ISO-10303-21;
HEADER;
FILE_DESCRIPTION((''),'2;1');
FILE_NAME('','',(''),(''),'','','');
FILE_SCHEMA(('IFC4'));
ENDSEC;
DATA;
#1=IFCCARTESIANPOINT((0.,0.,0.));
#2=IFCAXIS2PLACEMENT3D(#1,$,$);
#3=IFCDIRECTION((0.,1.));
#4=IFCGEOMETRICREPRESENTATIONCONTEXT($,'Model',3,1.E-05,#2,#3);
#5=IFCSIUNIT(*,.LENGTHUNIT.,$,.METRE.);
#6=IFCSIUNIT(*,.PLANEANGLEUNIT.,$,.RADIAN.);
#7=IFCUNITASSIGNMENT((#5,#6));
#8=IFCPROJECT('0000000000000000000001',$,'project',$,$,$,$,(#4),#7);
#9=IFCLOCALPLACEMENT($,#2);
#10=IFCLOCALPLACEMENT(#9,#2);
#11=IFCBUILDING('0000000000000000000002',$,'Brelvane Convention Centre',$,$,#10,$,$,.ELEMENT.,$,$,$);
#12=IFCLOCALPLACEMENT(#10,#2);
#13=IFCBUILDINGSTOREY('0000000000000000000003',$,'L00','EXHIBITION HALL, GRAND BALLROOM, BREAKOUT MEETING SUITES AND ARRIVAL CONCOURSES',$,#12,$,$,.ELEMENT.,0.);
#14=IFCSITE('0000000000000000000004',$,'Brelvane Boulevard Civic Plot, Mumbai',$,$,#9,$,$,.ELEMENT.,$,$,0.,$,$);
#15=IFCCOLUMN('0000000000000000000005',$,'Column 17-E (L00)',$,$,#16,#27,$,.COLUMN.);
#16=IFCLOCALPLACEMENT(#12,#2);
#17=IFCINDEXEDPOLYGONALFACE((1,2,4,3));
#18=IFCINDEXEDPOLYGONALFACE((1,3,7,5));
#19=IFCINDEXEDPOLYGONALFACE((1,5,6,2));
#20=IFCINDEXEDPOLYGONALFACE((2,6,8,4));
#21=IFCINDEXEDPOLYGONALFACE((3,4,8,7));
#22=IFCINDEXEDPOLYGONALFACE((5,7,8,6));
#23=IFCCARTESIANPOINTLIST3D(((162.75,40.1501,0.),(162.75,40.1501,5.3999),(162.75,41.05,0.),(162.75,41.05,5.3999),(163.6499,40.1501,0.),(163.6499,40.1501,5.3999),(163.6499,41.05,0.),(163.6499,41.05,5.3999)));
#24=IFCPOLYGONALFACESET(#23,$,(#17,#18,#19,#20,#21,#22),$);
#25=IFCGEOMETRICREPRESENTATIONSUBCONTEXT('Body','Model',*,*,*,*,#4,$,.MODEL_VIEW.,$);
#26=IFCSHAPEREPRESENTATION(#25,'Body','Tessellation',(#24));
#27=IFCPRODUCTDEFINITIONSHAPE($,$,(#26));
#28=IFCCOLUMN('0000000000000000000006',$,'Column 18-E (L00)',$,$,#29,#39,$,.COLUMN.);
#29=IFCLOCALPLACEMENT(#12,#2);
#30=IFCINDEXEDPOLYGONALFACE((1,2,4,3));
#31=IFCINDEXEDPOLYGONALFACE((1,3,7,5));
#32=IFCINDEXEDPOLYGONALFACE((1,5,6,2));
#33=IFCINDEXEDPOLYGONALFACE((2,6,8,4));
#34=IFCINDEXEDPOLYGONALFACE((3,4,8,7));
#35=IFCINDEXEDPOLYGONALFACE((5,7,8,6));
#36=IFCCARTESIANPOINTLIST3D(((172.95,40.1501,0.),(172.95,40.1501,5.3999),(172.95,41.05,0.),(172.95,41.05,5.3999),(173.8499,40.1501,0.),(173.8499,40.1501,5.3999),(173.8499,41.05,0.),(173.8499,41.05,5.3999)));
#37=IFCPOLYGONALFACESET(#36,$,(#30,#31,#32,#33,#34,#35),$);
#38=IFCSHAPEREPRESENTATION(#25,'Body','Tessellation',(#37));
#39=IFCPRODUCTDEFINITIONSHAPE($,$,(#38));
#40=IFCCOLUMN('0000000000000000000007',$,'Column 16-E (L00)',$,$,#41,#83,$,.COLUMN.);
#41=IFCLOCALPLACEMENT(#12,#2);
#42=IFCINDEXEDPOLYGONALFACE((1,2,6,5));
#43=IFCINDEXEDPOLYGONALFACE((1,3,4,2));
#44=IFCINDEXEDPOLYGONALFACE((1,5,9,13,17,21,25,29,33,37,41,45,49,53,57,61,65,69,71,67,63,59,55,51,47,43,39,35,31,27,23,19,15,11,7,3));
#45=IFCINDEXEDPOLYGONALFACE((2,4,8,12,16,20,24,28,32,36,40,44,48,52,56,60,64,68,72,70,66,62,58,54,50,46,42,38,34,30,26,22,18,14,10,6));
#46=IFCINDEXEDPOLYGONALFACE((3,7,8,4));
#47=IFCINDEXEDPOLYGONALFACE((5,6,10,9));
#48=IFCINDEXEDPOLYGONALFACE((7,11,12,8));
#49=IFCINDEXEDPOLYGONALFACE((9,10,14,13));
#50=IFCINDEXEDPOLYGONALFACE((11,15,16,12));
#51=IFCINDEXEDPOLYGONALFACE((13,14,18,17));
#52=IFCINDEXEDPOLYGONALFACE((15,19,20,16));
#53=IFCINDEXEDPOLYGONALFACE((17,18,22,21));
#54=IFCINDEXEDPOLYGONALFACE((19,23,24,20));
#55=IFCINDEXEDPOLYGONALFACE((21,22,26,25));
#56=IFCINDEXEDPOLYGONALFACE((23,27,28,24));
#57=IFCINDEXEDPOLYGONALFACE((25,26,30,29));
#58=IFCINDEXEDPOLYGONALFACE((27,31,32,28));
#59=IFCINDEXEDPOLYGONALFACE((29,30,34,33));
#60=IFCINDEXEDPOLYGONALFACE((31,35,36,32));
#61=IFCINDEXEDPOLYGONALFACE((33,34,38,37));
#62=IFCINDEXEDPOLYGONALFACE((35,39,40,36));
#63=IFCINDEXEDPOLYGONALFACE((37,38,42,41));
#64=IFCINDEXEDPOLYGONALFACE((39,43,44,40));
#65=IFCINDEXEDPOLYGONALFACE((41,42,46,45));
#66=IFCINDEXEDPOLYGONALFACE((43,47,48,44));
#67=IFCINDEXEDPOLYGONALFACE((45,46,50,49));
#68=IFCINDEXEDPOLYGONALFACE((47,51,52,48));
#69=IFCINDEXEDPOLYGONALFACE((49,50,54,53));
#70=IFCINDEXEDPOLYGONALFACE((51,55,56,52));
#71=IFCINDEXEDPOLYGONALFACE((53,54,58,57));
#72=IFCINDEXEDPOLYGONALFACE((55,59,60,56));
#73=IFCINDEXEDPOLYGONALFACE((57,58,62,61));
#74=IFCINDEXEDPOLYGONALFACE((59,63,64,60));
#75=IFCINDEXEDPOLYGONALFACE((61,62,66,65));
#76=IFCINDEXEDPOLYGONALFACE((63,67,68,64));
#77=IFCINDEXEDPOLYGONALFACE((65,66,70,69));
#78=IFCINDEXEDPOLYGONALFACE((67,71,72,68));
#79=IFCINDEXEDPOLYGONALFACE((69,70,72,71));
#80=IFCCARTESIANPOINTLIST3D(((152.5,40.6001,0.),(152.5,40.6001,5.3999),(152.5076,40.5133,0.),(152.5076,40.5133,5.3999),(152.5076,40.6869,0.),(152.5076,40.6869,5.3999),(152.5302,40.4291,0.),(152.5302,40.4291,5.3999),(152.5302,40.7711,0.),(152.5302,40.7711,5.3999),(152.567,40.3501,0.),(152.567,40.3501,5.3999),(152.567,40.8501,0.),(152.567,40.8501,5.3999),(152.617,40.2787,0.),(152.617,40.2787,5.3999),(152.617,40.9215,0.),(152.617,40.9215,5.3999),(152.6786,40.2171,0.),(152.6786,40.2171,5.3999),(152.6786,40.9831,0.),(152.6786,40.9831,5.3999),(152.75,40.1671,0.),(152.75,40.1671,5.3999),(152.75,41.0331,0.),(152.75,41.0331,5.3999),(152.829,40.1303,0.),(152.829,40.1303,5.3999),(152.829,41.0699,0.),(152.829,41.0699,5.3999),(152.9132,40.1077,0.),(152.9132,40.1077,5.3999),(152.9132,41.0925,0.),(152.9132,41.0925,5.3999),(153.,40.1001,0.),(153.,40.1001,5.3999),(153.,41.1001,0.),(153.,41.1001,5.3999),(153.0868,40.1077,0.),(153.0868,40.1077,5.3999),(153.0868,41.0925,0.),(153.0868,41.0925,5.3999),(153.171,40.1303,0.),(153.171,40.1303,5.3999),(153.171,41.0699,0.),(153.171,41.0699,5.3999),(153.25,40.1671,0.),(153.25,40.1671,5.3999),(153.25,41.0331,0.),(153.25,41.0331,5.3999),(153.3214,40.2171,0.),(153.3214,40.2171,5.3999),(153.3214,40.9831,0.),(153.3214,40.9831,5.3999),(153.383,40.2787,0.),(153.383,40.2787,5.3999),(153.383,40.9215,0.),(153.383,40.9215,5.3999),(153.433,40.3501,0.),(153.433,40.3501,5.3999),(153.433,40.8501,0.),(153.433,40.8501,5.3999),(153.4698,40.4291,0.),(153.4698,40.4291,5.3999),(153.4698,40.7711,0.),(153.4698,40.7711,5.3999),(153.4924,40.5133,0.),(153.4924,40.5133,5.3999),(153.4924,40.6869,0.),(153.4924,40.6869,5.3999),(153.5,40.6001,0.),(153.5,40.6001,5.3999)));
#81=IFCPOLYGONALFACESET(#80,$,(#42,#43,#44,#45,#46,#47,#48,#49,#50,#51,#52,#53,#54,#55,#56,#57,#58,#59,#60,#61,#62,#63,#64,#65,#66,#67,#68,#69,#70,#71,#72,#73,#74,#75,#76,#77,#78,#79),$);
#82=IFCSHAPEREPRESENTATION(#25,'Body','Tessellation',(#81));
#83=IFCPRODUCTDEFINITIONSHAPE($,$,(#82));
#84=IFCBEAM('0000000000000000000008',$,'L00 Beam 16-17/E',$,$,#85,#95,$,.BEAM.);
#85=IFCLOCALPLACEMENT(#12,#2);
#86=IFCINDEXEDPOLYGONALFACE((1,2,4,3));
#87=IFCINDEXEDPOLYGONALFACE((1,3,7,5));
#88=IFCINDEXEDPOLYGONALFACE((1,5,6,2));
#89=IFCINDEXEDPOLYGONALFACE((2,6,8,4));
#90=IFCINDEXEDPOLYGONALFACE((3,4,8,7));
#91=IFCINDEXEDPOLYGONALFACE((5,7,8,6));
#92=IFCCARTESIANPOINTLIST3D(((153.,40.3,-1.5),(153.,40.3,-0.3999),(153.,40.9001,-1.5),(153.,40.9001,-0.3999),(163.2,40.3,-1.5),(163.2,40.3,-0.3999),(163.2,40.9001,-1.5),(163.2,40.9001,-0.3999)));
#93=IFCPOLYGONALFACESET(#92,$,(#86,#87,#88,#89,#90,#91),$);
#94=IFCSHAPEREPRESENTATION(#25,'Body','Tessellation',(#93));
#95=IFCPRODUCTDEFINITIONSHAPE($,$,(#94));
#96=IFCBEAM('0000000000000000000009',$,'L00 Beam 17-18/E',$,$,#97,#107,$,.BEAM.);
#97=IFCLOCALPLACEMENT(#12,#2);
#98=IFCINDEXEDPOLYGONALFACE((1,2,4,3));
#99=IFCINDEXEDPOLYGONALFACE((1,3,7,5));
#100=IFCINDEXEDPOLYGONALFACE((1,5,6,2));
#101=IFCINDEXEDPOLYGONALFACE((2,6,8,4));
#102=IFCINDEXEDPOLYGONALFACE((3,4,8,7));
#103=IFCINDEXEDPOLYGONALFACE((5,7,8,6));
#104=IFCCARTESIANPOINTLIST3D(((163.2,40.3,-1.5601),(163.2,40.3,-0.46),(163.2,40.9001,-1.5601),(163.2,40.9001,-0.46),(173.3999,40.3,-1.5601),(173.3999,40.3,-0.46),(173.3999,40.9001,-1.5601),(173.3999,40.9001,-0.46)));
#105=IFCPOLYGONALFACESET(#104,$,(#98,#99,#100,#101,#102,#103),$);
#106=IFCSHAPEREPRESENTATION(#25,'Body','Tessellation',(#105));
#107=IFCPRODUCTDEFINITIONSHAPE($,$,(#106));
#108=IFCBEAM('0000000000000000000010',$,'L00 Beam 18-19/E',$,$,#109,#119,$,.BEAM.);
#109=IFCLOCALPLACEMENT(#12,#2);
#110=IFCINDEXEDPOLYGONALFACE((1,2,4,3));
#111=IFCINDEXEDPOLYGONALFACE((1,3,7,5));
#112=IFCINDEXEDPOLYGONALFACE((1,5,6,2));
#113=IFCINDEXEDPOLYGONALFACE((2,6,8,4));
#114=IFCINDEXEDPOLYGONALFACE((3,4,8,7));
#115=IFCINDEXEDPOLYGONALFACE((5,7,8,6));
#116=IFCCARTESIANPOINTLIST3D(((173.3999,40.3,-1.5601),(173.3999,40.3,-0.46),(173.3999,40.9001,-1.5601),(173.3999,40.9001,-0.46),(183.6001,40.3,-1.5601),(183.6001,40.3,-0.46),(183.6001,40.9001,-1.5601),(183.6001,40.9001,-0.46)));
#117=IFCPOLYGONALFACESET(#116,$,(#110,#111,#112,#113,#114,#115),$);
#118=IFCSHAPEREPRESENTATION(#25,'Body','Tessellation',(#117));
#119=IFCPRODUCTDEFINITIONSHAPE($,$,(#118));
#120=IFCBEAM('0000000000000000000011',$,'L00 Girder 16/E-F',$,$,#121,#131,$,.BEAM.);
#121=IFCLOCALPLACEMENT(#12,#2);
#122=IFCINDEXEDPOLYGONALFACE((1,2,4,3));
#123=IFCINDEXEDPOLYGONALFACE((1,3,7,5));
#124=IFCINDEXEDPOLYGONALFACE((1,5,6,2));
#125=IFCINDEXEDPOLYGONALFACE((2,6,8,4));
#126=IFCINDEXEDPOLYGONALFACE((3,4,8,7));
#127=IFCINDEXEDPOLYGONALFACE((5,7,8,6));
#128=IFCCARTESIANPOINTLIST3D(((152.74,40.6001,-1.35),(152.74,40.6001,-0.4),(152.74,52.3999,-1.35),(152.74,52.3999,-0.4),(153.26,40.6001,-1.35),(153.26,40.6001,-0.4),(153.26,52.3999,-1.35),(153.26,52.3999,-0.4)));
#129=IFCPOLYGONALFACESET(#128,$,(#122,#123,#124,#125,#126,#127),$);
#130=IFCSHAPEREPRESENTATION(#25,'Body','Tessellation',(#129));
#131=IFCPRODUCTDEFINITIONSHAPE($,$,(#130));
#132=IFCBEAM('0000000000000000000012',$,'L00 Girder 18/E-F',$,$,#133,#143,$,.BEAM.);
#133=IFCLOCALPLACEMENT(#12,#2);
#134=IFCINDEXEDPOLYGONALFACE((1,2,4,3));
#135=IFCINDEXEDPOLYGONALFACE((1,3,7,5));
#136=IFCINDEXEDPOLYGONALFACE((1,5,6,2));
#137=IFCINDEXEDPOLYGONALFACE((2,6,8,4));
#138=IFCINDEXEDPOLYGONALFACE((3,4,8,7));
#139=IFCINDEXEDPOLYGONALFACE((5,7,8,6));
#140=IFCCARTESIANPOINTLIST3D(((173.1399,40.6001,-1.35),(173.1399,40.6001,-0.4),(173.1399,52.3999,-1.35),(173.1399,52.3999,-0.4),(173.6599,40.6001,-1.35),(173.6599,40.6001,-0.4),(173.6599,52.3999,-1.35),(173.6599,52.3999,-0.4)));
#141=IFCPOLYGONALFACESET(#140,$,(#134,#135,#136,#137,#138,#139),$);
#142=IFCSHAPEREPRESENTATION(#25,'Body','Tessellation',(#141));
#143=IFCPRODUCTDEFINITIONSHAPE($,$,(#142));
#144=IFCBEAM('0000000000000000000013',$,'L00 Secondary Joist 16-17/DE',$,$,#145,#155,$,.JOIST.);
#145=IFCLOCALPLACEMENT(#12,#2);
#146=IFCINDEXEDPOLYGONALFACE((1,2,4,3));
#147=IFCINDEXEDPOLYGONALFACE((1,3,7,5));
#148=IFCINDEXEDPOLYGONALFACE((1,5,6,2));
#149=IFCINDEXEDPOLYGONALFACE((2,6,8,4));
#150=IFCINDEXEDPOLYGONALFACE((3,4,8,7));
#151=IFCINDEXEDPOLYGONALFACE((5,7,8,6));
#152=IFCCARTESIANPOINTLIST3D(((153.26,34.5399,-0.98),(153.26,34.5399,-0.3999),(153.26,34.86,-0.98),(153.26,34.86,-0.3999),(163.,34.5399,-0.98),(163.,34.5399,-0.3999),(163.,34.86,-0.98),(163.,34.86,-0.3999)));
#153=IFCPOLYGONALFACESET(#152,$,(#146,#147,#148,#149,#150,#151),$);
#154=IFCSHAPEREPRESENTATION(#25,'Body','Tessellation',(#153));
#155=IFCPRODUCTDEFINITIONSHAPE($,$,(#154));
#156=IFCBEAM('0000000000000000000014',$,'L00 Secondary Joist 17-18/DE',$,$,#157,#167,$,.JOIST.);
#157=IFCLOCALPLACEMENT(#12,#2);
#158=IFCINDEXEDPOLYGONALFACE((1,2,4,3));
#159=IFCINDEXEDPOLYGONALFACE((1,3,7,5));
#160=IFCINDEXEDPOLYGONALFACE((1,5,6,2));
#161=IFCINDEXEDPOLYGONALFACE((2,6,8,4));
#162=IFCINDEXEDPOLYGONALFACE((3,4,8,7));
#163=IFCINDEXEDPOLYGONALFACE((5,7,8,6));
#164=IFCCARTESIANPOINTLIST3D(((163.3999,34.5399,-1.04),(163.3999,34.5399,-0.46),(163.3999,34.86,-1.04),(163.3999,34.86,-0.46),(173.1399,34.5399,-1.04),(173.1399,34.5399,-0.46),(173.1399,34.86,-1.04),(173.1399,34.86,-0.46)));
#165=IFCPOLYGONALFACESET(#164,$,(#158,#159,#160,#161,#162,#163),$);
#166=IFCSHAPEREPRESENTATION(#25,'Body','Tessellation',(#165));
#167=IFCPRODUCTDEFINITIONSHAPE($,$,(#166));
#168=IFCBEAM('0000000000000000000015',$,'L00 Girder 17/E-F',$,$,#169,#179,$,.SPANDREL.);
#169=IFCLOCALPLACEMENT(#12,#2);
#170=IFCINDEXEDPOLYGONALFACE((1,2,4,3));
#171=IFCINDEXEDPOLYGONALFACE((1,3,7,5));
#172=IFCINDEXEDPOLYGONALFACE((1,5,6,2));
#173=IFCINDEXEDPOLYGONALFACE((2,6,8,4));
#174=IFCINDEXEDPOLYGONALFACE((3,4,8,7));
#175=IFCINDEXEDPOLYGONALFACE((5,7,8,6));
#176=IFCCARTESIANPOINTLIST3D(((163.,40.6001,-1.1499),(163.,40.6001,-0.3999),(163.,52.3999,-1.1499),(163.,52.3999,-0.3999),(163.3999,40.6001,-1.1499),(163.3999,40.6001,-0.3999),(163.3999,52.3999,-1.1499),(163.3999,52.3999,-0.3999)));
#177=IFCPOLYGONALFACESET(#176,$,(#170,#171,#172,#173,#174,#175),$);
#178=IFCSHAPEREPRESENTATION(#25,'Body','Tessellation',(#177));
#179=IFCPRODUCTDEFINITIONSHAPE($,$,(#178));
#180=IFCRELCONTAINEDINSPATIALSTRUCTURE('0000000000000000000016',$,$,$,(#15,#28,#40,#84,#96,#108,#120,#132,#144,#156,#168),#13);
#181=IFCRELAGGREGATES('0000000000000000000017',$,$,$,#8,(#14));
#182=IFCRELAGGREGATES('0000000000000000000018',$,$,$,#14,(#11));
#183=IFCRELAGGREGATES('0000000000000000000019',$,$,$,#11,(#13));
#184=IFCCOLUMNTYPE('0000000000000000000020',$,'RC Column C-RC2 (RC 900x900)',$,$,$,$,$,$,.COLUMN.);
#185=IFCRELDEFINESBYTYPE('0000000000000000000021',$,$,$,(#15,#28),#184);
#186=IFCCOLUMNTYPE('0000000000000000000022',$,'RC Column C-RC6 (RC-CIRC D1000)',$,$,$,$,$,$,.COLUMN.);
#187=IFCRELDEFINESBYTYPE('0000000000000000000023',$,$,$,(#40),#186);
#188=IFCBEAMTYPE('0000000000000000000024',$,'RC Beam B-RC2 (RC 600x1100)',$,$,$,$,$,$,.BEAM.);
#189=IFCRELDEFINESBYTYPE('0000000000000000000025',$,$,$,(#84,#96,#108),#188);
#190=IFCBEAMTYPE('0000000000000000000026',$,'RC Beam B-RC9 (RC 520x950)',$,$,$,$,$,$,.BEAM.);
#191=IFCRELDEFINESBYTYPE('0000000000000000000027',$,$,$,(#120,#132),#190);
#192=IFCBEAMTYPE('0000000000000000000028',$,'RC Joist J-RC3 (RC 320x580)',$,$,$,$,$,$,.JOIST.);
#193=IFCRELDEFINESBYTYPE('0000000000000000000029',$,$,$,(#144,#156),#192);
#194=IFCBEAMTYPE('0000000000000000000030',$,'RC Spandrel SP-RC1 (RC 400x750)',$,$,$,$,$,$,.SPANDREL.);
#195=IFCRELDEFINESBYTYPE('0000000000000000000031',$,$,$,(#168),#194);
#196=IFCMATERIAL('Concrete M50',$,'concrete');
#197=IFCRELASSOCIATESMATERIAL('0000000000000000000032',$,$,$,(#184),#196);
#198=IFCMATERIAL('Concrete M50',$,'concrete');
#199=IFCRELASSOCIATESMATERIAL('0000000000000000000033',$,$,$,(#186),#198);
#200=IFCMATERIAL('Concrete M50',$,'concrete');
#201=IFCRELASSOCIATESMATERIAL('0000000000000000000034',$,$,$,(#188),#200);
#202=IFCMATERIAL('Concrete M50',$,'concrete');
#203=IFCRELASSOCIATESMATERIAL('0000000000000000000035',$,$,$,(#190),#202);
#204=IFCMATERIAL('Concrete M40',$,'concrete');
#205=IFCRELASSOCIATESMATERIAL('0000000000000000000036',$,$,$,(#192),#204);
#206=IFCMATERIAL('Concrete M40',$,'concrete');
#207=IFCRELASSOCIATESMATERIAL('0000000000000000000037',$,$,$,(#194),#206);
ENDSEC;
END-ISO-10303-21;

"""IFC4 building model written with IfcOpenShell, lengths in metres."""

from ifc_helpers import new_model, si_unit, direction, frame, origin, origin_2d, place, context, subcontext, project, spatial, rectangle, circle, extrude, material, material_profile, profile_set, type_object, element, save


model = new_model("IFC4")

# Units and contexts
model_context = context("Model", 3, precision=1e-05, world=origin(), true_north=direction((0.0, 1.0)))
body_context = subcontext(model_context, "Body", "Model", "MODEL_VIEW")
ifc_project = project(units=[si_unit("LENGTHUNIT", "METRE"), si_unit("PLANEANGLEUNIT", "RADIAN")], contexts=[model_context])

# Site, building, storey
site_placement = place(None, origin())
site = spatial("IfcSite", under=ifc_project, at=site_placement, Name="Brelvane Boulevard Civic Plot, Mumbai", CompositionType="ELEMENT", RefElevation=0.0)
building_placement = place(site_placement, origin())
building = spatial("IfcBuilding", under=site, at=building_placement, Name="Brelvane Convention Centre", CompositionType="ELEMENT")
storey_placement = place(building_placement, origin())
storey = spatial("IfcBuildingStorey", under=building, at=storey_placement, Name="L00", Description="EXHIBITION HALL, GRAND BALLROOM, BREAKOUT MEETING SUITES AND ARRIVAL CONCOURSES", CompositionType="ELEMENT", Elevation=0.0)

# Columns
ifc_material_1 = material(Name="Concrete M50", Category="concrete")
ifc_material_profile_1 = material_profile(ifc_material_1, rectangle(XDim=0.8999, YDim=0.8999, at=origin_2d()), Name="RC 900x900")
ifc_profile_set_1 = profile_set([ifc_material_profile_1], Name="Concrete M50")
column_type_1 = type_object("IfcColumnType", Name="RC Column C-RC2 (RC 900x900)", PredefinedType="COLUMN", material=ifc_profile_set_1)
for number, where, z_axis, x_axis, name in (
    (1, (163.2, 40.6001, 0.0), (0.0, 0.0, 1.0), (1.0, 0.0, 0.0), "Column 17-E (L00)"),
    (2, (173.3999, 40.6001, 0.0), (0.0, 0.0, 1.0), (1.0, 0.0, 0.0), "Column 18-E (L00)"),
):
    element("IfcColumn", number, at=place(storey_placement, frame(where, z_axis=z_axis, x_axis=x_axis)), inside=storey, type_object=column_type_1, Name=name, PredefinedType="COLUMN", context=body_context, shape_type="SweptSolid", body=[
        extrude(rectangle(XDim=0.8999, YDim=0.8999, at=origin_2d()), origin(), (0.0, 0.0, 1.0), 5.3999),
    ])
ifc_material_2 = material(Name="Concrete M50", Category="concrete")
ifc_material_profile_2 = material_profile(ifc_material_2, circle(Radius=0.5, at=origin_2d()), Name="RC-CIRC D1000")
ifc_profile_set_2 = profile_set([ifc_material_profile_2], Name="Concrete M50")
column_type_2 = type_object("IfcColumnType", Name="RC Column C-RC6 (RC-CIRC D1000)", PredefinedType="COLUMN", material=ifc_profile_set_2)
column_placement = place(storey_placement, frame((153.0, 40.6001, 0.0), z_axis=(0.0, 0.0, 1.0), x_axis=(1.0, 0.0, 0.0)))
element("IfcColumn", 3, at=column_placement, inside=storey, type_object=column_type_2, Name="Column 16-E (L00)", PredefinedType="COLUMN", context=body_context, shape_type="SweptSolid", body=[
    extrude(circle(Radius=0.5, at=origin_2d()), origin(), (0.0, 0.0, 1.0), 5.3999),
])

# Beams
ifc_material_3 = material(Name="Concrete M50", Category="concrete")
ifc_material_profile_3 = material_profile(ifc_material_3, rectangle(XDim=0.6001, YDim=1.1001, at=origin_2d()), Name="RC 600x1100")
ifc_profile_set_3 = profile_set([ifc_material_profile_3], Name="Concrete M50")
beam_type_1 = type_object("IfcBeamType", Name="RC Beam B-RC2 (RC 600x1100)", PredefinedType="BEAM", material=ifc_profile_set_3)
for number, where, z_axis, x_axis, name in (
    (4, (153.0, 40.6001, -0.95), (1.0, 0.0, 0.0), (0.0, 1.0, 0.0), "L00 Beam 16-17/E"),
    (5, (163.2, 40.6001, -1.01), (1.0, 0.0, 0.0), (0.0, 1.0, 0.0), "L00 Beam 17-18/E"),
):
    element("IfcBeam", number, at=place(storey_placement, frame(where, z_axis=z_axis, x_axis=x_axis)), inside=storey, type_object=beam_type_1, Name=name, PredefinedType="BEAM", context=body_context, shape_type="SweptSolid", body=[
        extrude(rectangle(XDim=0.6001, YDim=1.1001, at=origin_2d()), origin(), (0.0, 0.0, 1.0), 10.2),
    ])
beam_1_placement = place(storey_placement, frame((173.3999, 40.6001, -1.01), z_axis=(1.0, 0.0, 0.0), x_axis=(0.0, 1.0, 0.0)))
element("IfcBeam", 6, at=beam_1_placement, inside=storey, type_object=beam_type_1, Name="L00 Beam 18-19/E", PredefinedType="BEAM", context=body_context, shape_type="SweptSolid", body=[
    extrude(rectangle(XDim=0.6001, YDim=1.1001, at=origin_2d()), origin(), (0.0, 0.0, 1.0), 10.2002),
])
ifc_material_4 = material(Name="Concrete M50", Category="concrete")
ifc_material_profile_4 = material_profile(ifc_material_4, rectangle(XDim=0.52, YDim=0.95, at=origin_2d()), Name="RC 520x950")
ifc_profile_set_4 = profile_set([ifc_material_profile_4], Name="Concrete M50")
beam_type_2 = type_object("IfcBeamType", Name="RC Beam B-RC9 (RC 520x950)", PredefinedType="BEAM", material=ifc_profile_set_4)
for number, where, z_axis, x_axis, name in (
    (7, (153.0, 40.6001, -0.875), (0.0, 1.0, 0.0), (-1.0, 0.0, 0.0), "L00 Girder 16/E-F"),
    (8, (173.3999, 40.6001, -0.875), (0.0, 1.0, 0.0), (-1.0, 0.0, 0.0), "L00 Girder 18/E-F"),
):
    element("IfcBeam", number, at=place(storey_placement, frame(where, z_axis=z_axis, x_axis=x_axis)), inside=storey, type_object=beam_type_2, Name=name, PredefinedType="BEAM", context=body_context, shape_type="SweptSolid", body=[
        extrude(rectangle(XDim=0.52, YDim=0.95, at=origin_2d()), origin(), (0.0, 0.0, 1.0), 11.7998),
    ])
ifc_material_5 = material(Name="Concrete M40", Category="concrete")
ifc_material_profile_5 = material_profile(ifc_material_5, rectangle(XDim=0.3201, YDim=0.5801, at=origin_2d()), Name="RC 320x580")
ifc_profile_set_5 = profile_set([ifc_material_profile_5], Name="Concrete M40")
beam_type_3 = type_object("IfcBeamType", Name="RC Joist J-RC3 (RC 320x580)", PredefinedType="JOIST", material=ifc_profile_set_5)
for number, where, z_axis, x_axis, name in (
    (9, (153.26, 34.7, -0.6899), (1.0, 0.0, 0.0), (0.0, 1.0, 0.0), "L00 Secondary Joist 16-17/DE"),
    (10, (163.3999, 34.7, -0.75), (1.0, 0.0, 0.0), (0.0, 1.0, 0.0), "L00 Secondary Joist 17-18/DE"),
):
    element("IfcBeam", number, at=place(storey_placement, frame(where, z_axis=z_axis, x_axis=x_axis)), inside=storey, type_object=beam_type_3, Name=name, PredefinedType="JOIST", context=body_context, shape_type="SweptSolid", body=[
        extrude(rectangle(XDim=0.3201, YDim=0.5801, at=origin_2d()), origin(), (0.0, 0.0, 1.0), 9.74),
    ])
ifc_material_6 = material(Name="Concrete M40", Category="concrete")
ifc_material_profile_6 = material_profile(ifc_material_6, rectangle(XDim=0.3999, YDim=0.75, at=origin_2d()), Name="RC 400x750")
ifc_profile_set_6 = profile_set([ifc_material_profile_6], Name="Concrete M40")
beam_type_4 = type_object("IfcBeamType", Name="RC Spandrel SP-RC1 (RC 400x750)", PredefinedType="SPANDREL", material=ifc_profile_set_6)
beam_2_placement = place(storey_placement, frame((163.2, 40.6001, -0.7749), z_axis=(0.0, 1.0, 0.0), x_axis=(-1.0, 0.0, 0.0)))
element("IfcBeam", 11, at=beam_2_placement, inside=storey, type_object=beam_type_4, Name="L00 Girder 17/E-F", PredefinedType="SPANDREL", context=body_context, shape_type="SweptSolid", body=[
    extrude(rectangle(XDim=0.3999, YDim=0.75, at=origin_2d()), origin(), (0.0, 0.0, 1.0), 11.7998),
])

save(model, "model.ifc")
